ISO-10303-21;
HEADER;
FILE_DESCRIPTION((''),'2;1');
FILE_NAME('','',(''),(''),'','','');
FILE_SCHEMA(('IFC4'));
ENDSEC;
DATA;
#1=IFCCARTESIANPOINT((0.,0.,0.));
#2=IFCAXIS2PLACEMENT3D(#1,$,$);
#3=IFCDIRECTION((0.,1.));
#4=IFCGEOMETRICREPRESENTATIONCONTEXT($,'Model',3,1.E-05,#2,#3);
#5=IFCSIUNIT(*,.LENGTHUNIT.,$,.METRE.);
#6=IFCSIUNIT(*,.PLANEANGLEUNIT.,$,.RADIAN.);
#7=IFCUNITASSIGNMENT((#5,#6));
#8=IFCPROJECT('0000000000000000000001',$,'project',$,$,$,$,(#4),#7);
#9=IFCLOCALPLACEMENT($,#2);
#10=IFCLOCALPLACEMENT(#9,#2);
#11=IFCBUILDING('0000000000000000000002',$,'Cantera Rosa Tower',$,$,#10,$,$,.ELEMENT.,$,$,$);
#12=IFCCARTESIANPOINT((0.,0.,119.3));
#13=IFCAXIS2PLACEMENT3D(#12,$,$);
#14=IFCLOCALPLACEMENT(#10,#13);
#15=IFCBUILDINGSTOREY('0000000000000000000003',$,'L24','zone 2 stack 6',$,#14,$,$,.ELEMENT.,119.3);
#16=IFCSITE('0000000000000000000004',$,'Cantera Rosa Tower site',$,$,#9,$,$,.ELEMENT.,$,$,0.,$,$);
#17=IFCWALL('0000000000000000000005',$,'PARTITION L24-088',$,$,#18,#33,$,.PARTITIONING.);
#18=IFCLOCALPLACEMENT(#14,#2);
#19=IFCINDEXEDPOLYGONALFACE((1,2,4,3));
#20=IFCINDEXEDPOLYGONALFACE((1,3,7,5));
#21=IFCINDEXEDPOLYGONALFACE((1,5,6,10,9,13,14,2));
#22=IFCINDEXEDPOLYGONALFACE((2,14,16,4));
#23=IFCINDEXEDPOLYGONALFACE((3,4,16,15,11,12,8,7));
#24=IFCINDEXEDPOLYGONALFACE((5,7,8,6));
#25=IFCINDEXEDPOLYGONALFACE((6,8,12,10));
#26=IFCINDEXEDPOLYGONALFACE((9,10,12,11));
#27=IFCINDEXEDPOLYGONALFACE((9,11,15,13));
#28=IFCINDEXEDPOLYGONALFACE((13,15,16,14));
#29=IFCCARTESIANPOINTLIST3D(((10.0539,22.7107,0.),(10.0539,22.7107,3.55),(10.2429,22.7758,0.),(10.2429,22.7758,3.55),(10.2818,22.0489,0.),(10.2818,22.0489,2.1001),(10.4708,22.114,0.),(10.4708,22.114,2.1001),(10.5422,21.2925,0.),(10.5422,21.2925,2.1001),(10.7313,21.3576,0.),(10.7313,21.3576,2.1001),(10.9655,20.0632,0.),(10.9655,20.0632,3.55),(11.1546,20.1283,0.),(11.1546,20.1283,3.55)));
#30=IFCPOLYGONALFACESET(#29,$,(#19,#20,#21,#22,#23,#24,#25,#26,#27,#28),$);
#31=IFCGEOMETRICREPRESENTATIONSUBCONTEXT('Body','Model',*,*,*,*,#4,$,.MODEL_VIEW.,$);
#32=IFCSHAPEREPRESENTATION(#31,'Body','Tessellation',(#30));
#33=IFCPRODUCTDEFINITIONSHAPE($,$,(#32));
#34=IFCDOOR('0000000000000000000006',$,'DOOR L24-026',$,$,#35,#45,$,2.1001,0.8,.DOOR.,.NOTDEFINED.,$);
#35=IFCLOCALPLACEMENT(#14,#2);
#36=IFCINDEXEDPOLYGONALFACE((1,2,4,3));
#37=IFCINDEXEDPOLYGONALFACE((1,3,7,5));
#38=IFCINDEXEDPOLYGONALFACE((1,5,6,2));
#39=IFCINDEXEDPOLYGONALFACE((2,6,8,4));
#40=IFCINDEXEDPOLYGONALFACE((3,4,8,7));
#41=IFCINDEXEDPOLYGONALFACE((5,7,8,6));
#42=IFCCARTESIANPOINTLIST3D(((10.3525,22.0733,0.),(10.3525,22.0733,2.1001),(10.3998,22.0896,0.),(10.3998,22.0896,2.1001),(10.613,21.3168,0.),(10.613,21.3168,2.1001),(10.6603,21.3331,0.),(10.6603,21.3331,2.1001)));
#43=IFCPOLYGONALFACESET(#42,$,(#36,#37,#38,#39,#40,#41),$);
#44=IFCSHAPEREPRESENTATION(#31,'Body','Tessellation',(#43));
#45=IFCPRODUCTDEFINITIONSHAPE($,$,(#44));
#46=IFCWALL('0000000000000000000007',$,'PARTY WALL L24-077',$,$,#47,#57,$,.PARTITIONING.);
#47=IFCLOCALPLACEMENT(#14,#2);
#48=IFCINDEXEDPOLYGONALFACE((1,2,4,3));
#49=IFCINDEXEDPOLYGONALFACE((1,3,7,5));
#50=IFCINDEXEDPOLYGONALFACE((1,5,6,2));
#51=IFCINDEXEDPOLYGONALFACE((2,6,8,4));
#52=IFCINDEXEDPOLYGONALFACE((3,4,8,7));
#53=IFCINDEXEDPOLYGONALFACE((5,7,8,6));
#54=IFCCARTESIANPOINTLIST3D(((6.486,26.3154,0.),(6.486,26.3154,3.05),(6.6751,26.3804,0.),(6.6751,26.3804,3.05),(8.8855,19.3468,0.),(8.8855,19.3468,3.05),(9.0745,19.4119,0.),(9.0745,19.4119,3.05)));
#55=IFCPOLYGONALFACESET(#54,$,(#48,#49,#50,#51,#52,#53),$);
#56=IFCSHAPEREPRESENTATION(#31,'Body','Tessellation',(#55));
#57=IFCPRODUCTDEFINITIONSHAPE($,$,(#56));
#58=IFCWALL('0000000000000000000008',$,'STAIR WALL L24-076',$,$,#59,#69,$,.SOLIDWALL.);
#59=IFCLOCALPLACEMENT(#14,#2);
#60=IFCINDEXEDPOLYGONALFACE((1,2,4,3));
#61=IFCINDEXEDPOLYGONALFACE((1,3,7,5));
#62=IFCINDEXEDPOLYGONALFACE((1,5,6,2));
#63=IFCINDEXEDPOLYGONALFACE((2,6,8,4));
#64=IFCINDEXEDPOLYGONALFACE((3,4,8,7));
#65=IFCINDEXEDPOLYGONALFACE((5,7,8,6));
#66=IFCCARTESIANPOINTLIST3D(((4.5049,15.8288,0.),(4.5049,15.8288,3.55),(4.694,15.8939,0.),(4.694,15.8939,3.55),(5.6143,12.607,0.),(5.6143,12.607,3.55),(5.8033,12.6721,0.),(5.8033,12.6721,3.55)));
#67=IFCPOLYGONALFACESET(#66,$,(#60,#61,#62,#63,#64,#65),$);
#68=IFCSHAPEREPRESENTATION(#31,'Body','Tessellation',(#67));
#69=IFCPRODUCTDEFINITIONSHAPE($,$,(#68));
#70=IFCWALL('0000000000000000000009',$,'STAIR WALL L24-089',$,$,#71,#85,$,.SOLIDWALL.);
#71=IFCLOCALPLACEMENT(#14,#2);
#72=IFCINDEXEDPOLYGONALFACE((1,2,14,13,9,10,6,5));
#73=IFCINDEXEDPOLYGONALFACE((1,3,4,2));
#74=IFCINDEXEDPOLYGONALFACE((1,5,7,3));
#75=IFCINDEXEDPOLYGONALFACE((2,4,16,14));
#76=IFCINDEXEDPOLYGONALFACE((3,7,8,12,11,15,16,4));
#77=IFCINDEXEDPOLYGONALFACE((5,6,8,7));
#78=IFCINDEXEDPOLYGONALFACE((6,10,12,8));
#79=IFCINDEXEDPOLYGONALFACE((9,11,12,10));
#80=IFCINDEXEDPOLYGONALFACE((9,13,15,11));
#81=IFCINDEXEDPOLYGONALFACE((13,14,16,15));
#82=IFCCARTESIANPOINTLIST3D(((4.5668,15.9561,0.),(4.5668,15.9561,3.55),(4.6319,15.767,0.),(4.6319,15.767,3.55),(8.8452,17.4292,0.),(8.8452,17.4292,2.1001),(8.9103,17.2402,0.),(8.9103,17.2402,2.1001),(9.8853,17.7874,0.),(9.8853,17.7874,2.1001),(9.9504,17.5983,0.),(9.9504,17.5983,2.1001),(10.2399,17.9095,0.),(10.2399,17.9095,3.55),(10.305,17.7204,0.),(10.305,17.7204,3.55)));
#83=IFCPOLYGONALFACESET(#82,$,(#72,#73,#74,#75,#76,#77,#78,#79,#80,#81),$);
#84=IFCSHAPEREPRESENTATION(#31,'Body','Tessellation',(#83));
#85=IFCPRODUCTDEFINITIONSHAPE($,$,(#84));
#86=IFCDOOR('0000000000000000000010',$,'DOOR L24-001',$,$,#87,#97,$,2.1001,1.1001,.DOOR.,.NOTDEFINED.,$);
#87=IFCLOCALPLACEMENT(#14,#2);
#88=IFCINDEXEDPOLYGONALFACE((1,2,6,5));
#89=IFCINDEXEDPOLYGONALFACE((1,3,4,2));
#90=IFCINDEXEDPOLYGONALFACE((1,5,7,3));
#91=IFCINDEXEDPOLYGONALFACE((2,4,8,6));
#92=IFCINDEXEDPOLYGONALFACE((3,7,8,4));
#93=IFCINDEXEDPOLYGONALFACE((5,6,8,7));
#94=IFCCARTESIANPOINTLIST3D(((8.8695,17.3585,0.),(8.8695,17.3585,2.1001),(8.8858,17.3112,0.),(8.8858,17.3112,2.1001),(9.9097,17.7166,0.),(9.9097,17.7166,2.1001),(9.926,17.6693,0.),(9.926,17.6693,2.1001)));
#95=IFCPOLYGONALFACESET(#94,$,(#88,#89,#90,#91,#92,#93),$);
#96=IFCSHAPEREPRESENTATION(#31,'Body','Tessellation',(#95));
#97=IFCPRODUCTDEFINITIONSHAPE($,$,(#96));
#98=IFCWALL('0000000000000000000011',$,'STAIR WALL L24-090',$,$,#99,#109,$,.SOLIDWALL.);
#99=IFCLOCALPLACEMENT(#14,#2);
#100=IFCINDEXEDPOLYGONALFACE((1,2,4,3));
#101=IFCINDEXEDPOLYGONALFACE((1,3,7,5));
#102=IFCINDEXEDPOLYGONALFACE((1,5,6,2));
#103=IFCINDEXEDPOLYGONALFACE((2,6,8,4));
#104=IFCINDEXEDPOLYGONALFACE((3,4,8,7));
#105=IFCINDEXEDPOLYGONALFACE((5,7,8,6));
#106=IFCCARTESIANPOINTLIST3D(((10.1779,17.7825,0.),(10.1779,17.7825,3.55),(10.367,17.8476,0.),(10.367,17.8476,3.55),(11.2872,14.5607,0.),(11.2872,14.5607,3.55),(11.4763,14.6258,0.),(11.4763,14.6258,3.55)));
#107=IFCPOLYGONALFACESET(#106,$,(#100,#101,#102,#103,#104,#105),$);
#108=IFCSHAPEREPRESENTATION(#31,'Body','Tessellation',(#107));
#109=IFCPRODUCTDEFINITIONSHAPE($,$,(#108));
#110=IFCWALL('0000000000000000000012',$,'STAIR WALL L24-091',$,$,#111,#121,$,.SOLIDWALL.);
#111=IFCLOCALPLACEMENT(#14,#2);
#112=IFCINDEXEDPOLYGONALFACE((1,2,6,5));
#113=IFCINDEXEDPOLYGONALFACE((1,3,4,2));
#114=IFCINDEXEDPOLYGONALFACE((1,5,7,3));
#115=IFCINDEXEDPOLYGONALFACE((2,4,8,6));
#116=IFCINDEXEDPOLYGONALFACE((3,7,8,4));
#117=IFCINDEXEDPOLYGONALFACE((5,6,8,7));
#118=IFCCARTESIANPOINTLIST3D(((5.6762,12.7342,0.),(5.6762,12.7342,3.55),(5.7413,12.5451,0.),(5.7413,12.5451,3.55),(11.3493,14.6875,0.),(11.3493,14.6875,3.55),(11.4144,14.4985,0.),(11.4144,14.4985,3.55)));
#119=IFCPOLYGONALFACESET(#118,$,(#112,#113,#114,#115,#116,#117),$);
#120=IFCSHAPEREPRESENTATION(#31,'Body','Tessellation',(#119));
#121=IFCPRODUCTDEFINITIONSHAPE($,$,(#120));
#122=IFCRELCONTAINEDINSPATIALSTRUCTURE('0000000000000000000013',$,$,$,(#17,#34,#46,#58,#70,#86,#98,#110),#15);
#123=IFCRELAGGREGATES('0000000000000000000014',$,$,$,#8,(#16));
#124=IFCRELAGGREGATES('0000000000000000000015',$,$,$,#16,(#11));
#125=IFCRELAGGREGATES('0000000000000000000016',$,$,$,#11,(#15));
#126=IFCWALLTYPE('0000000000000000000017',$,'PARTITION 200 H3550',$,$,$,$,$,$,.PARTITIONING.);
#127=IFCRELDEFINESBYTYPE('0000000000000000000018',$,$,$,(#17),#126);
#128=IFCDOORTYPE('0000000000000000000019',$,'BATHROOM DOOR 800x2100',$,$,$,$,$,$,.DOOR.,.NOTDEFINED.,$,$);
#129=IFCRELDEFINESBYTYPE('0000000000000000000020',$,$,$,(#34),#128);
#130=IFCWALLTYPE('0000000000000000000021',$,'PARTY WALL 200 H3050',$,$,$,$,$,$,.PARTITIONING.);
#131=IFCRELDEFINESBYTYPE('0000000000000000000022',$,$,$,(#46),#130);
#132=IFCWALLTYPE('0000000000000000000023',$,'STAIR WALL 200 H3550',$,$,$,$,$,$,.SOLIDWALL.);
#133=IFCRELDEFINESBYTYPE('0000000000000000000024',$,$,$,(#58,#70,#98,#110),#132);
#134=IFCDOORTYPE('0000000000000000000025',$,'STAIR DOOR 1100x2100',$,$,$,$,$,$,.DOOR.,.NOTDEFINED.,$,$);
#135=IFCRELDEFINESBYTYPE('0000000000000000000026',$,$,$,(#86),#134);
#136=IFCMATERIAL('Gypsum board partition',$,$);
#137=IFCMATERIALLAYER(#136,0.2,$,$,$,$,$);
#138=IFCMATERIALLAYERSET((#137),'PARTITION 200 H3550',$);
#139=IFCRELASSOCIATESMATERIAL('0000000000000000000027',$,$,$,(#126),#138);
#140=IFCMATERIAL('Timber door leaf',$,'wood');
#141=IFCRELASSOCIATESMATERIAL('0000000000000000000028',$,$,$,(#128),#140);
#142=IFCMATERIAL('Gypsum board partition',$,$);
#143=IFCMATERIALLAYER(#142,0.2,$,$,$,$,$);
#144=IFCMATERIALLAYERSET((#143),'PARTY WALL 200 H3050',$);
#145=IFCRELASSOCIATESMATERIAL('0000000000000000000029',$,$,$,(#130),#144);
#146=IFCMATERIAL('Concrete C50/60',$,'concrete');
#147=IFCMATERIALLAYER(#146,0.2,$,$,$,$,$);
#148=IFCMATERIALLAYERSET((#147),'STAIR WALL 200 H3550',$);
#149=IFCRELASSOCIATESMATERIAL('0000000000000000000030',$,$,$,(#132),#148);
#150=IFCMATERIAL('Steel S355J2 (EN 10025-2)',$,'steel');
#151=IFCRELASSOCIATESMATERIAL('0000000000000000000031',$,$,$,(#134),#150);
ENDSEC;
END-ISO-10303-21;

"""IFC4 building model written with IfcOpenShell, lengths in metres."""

from ifc_helpers import new_model, si_unit, direction, frame, frame_2d, origin, place, context, subcontext, project, spatial, rectangle, extrude, material, layer, layer_set, type_object, element, fill, save


model = new_model("IFC4")

# Units and contexts
model_context = context("Model", 3, precision=1e-05, world=origin(), true_north=direction((0.0, 1.0)))
body_context = subcontext(model_context, "Body", "Model", "MODEL_VIEW")
ifc_project = project(units=[si_unit("LENGTHUNIT", "METRE"), si_unit("PLANEANGLEUNIT", "RADIAN")], contexts=[model_context])

# Site, building, storey
site_placement = place(None, origin())
site = spatial("IfcSite", under=ifc_project, at=site_placement, Name="Cantera Rosa Tower site", CompositionType="ELEMENT", RefElevation=0.0)
building_placement = place(site_placement, origin())
building = spatial("IfcBuilding", under=site, at=building_placement, Name="Cantera Rosa Tower", CompositionType="ELEMENT")
storey_placement = place(building_placement, frame((0.0, 0.0, 119.3)))
storey = spatial("IfcBuildingStorey", under=building, at=storey_placement, Name="L24", Description="zone 2 stack 6", CompositionType="ELEMENT", Elevation=119.3)

# Shared definitions
ifc_material_1 = material(Name="Gypsum board partition")
ifc_layer_1 = layer(ifc_material_1, 0.2)
ifc_layer_set_1 = layer_set([ifc_layer_1], Name="PARTITION 200 H3550")
wall_type_1 = type_object("IfcWallType", Name="PARTITION 200 H3550", PredefinedType="PARTITIONING", material=ifc_layer_set_1)

# Wall, opening, door
wall_1_placement = place(storey_placement, frame((10.1484, 22.7432, 0.0), z_axis=(0.0, 0.0, 1.0), x_axis=(0.325577, -0.945516, 0.0)))
wall_1 = element("IfcWall", 1, at=wall_1_placement, inside=storey, type_object=wall_type_1, Name="PARTITION L24-088", PredefinedType="PARTITIONING", context=body_context, shape_type="SweptSolid", body=[
    extrude(rectangle(XDim=2.8, YDim=0.2, at=frame_2d((1.3999, 0.0))), origin(), (0.0, 0.0, 1.0), 3.55),
])
opening_1_placement = place(wall_1_placement, frame((0.7, 0.0, 0.0)))
opening_1 = element("IfcOpeningElement", 2, at=opening_1_placement, cuts=wall_1, PredefinedType="OPENING", context=body_context, shape_type="SweptSolid", body=[
    extrude(rectangle(XDim=0.8, YDim=2.1001, at=frame_2d((0.3999, 1.05))), frame((0.0, 0.1099, 0.0), z_axis=(0.0, -1.0, 0.0), x_axis=(1.0, 0.0, 0.0)), (0.0, 0.0, 1.0), 0.22),
])
ifc_material_2 = material(Name="Timber door leaf", Category="wood")
door_type_1 = type_object("IfcDoorType", Name="BATHROOM DOOR 800x2100", OperationType="NOTDEFINED", PredefinedType="DOOR", material=ifc_material_2)
door_1_placement = place(opening_1_placement, origin())
door_1 = element("IfcDoor", 3, at=door_1_placement, inside=storey, type_object=door_type_1, Name="DOOR L24-026", OperationType="NOTDEFINED", OverallHeight=2.1001, OverallWidth=0.8, PredefinedType="DOOR", context=body_context, shape_type="SweptSolid", body=[
    extrude(rectangle(XDim=0.8, YDim=2.1001, at=frame_2d((0.3999, 1.05))), frame((0.0, 0.0249, 0.0), z_axis=(0.0, -1.0, 0.0), x_axis=(1.0, 0.0, 0.0)), (0.0, 0.0, 1.0), 0.05),
])
fill(opening_1, door_1)

# Walls
ifc_material_3 = material(Name="Gypsum board partition")
ifc_layer_2 = layer(ifc_material_3, 0.2)
ifc_layer_set_2 = layer_set([ifc_layer_2], Name="PARTY WALL 200 H3050")
wall_type_2 = type_object("IfcWallType", Name="PARTY WALL 200 H3050", PredefinedType="PARTITIONING", material=ifc_layer_set_2)
wall_2_placement = place(storey_placement, frame((6.5806, 26.3479, 0.0), z_axis=(0.0, 0.0, 1.0), x_axis=(0.325564, -0.94552, 0.0)))
element("IfcWall", 4, at=wall_2_placement, inside=storey, type_object=wall_type_2, Name="PARTY WALL L24-077", PredefinedType="PARTITIONING", context=body_context, shape_type="SweptSolid", body=[
    extrude(rectangle(XDim=7.3701, YDim=0.2, at=frame_2d((3.6851, 0.0))), origin(), (0.0, 0.0, 1.0), 3.05),
])
ifc_material_4 = material(Name="Concrete C50/60", Category="concrete")
ifc_layer_3 = layer(ifc_material_4, 0.2)
ifc_layer_set_3 = layer_set([ifc_layer_3], Name="STAIR WALL 200 H3550")
wall_type_3 = type_object("IfcWallType", Name="STAIR WALL 200 H3550", PredefinedType="SOLIDWALL", material=ifc_layer_set_3)
wall_3_placement = place(storey_placement, frame((5.7087, 12.6396, 0.0), z_axis=(0.0, 0.0, 1.0), x_axis=(-0.325562, 0.945521, 0.0)))
element("IfcWall", 5, at=wall_3_placement, inside=storey, type_object=wall_type_3, Name="STAIR WALL L24-076", PredefinedType="SOLIDWALL", context=body_context, shape_type="SweptSolid", body=[
    extrude(rectangle(XDim=3.4075, YDim=0.2, at=frame_2d((1.7036, 0.0))), origin(), (0.0, 0.0, 1.0), 3.55),
])

# Wall, opening, door
wall_4_placement = place(storey_placement, frame((10.2725, 17.8149, 0.0), z_axis=(0.0, 0.0, 1.0), x_axis=(-0.94552, -0.325563, 0.0)))
wall_4 = element("IfcWall", 6, at=wall_4_placement, inside=storey, type_object=wall_type_3, Name="STAIR WALL L24-089", PredefinedType="SOLIDWALL", context=body_context, shape_type="SweptSolid", body=[
    extrude(rectangle(XDim=6.0, YDim=0.2, at=frame_2d((3.0, 0.0))), origin(), (0.0, 0.0, 1.0), 3.55),
])
opening_2_placement = place(wall_4_placement, frame((0.375, 0.0, 0.0)))
opening_2 = element("IfcOpeningElement", 7, at=opening_2_placement, cuts=wall_4, PredefinedType="OPENING", context=body_context, shape_type="SweptSolid", body=[
    extrude(rectangle(XDim=1.1001, YDim=2.1001, at=frame_2d((0.55, 1.05))), frame((0.0, 0.1099, 0.0), z_axis=(0.0, -1.0, 0.0), x_axis=(1.0, 0.0, 0.0)), (0.0, 0.0, 1.0), 0.22),
])
ifc_material_5 = material(Name="Steel S355J2 (EN 10025-2)", Category="steel")
door_type_2 = type_object("IfcDoorType", Name="STAIR DOOR 1100x2100", OperationType="NOTDEFINED", PredefinedType="DOOR", material=ifc_material_5)
door_2_placement = place(opening_2_placement, origin())
door_2 = element("IfcDoor", 8, at=door_2_placement, inside=storey, type_object=door_type_2, Name="DOOR L24-001", OperationType="NOTDEFINED", OverallHeight=2.1001, OverallWidth=1.1001, PredefinedType="DOOR", context=body_context, shape_type="SweptSolid", body=[
    extrude(rectangle(XDim=1.1001, YDim=2.1001, at=frame_2d((0.55, 1.05))), frame((0.0, 0.0249, 0.0), z_axis=(0.0, -1.0, 0.0), x_axis=(1.0, 0.0, 0.0)), (0.0, 0.0, 1.0), 0.05),
])
fill(opening_2, door_2)

# Walls
wall_5_placement = place(storey_placement, frame((10.2725, 17.8149, 0.0), z_axis=(0.0, 0.0, 1.0), x_axis=(0.325562, -0.945521, 0.0)))
element("IfcWall", 9, at=wall_5_placement, inside=storey, type_object=wall_type_3, Name="STAIR WALL L24-090", PredefinedType="SOLIDWALL", context=body_context, shape_type="SweptSolid", body=[
    extrude(rectangle(XDim=3.4075, YDim=0.2, at=frame_2d((1.7036, 0.0))), origin(), (0.0, 0.0, 1.0), 3.55),
])
wall_6_placement = place(storey_placement, frame((11.3818, 14.593, 0.0), z_axis=(0.0, 0.0, 1.0), x_axis=(-0.94552, -0.325563, 0.0)))
element("IfcWall", 10, at=wall_6_placement, inside=storey, type_object=wall_type_3, Name="STAIR WALL L24-091", PredefinedType="SOLIDWALL", context=body_context, shape_type="SweptSolid", body=[
    extrude(rectangle(XDim=6.0, YDim=0.2, at=frame_2d((3.0, 0.0))), origin(), (0.0, 0.0, 1.0), 3.55),
])

save(model, "model.ifc")
